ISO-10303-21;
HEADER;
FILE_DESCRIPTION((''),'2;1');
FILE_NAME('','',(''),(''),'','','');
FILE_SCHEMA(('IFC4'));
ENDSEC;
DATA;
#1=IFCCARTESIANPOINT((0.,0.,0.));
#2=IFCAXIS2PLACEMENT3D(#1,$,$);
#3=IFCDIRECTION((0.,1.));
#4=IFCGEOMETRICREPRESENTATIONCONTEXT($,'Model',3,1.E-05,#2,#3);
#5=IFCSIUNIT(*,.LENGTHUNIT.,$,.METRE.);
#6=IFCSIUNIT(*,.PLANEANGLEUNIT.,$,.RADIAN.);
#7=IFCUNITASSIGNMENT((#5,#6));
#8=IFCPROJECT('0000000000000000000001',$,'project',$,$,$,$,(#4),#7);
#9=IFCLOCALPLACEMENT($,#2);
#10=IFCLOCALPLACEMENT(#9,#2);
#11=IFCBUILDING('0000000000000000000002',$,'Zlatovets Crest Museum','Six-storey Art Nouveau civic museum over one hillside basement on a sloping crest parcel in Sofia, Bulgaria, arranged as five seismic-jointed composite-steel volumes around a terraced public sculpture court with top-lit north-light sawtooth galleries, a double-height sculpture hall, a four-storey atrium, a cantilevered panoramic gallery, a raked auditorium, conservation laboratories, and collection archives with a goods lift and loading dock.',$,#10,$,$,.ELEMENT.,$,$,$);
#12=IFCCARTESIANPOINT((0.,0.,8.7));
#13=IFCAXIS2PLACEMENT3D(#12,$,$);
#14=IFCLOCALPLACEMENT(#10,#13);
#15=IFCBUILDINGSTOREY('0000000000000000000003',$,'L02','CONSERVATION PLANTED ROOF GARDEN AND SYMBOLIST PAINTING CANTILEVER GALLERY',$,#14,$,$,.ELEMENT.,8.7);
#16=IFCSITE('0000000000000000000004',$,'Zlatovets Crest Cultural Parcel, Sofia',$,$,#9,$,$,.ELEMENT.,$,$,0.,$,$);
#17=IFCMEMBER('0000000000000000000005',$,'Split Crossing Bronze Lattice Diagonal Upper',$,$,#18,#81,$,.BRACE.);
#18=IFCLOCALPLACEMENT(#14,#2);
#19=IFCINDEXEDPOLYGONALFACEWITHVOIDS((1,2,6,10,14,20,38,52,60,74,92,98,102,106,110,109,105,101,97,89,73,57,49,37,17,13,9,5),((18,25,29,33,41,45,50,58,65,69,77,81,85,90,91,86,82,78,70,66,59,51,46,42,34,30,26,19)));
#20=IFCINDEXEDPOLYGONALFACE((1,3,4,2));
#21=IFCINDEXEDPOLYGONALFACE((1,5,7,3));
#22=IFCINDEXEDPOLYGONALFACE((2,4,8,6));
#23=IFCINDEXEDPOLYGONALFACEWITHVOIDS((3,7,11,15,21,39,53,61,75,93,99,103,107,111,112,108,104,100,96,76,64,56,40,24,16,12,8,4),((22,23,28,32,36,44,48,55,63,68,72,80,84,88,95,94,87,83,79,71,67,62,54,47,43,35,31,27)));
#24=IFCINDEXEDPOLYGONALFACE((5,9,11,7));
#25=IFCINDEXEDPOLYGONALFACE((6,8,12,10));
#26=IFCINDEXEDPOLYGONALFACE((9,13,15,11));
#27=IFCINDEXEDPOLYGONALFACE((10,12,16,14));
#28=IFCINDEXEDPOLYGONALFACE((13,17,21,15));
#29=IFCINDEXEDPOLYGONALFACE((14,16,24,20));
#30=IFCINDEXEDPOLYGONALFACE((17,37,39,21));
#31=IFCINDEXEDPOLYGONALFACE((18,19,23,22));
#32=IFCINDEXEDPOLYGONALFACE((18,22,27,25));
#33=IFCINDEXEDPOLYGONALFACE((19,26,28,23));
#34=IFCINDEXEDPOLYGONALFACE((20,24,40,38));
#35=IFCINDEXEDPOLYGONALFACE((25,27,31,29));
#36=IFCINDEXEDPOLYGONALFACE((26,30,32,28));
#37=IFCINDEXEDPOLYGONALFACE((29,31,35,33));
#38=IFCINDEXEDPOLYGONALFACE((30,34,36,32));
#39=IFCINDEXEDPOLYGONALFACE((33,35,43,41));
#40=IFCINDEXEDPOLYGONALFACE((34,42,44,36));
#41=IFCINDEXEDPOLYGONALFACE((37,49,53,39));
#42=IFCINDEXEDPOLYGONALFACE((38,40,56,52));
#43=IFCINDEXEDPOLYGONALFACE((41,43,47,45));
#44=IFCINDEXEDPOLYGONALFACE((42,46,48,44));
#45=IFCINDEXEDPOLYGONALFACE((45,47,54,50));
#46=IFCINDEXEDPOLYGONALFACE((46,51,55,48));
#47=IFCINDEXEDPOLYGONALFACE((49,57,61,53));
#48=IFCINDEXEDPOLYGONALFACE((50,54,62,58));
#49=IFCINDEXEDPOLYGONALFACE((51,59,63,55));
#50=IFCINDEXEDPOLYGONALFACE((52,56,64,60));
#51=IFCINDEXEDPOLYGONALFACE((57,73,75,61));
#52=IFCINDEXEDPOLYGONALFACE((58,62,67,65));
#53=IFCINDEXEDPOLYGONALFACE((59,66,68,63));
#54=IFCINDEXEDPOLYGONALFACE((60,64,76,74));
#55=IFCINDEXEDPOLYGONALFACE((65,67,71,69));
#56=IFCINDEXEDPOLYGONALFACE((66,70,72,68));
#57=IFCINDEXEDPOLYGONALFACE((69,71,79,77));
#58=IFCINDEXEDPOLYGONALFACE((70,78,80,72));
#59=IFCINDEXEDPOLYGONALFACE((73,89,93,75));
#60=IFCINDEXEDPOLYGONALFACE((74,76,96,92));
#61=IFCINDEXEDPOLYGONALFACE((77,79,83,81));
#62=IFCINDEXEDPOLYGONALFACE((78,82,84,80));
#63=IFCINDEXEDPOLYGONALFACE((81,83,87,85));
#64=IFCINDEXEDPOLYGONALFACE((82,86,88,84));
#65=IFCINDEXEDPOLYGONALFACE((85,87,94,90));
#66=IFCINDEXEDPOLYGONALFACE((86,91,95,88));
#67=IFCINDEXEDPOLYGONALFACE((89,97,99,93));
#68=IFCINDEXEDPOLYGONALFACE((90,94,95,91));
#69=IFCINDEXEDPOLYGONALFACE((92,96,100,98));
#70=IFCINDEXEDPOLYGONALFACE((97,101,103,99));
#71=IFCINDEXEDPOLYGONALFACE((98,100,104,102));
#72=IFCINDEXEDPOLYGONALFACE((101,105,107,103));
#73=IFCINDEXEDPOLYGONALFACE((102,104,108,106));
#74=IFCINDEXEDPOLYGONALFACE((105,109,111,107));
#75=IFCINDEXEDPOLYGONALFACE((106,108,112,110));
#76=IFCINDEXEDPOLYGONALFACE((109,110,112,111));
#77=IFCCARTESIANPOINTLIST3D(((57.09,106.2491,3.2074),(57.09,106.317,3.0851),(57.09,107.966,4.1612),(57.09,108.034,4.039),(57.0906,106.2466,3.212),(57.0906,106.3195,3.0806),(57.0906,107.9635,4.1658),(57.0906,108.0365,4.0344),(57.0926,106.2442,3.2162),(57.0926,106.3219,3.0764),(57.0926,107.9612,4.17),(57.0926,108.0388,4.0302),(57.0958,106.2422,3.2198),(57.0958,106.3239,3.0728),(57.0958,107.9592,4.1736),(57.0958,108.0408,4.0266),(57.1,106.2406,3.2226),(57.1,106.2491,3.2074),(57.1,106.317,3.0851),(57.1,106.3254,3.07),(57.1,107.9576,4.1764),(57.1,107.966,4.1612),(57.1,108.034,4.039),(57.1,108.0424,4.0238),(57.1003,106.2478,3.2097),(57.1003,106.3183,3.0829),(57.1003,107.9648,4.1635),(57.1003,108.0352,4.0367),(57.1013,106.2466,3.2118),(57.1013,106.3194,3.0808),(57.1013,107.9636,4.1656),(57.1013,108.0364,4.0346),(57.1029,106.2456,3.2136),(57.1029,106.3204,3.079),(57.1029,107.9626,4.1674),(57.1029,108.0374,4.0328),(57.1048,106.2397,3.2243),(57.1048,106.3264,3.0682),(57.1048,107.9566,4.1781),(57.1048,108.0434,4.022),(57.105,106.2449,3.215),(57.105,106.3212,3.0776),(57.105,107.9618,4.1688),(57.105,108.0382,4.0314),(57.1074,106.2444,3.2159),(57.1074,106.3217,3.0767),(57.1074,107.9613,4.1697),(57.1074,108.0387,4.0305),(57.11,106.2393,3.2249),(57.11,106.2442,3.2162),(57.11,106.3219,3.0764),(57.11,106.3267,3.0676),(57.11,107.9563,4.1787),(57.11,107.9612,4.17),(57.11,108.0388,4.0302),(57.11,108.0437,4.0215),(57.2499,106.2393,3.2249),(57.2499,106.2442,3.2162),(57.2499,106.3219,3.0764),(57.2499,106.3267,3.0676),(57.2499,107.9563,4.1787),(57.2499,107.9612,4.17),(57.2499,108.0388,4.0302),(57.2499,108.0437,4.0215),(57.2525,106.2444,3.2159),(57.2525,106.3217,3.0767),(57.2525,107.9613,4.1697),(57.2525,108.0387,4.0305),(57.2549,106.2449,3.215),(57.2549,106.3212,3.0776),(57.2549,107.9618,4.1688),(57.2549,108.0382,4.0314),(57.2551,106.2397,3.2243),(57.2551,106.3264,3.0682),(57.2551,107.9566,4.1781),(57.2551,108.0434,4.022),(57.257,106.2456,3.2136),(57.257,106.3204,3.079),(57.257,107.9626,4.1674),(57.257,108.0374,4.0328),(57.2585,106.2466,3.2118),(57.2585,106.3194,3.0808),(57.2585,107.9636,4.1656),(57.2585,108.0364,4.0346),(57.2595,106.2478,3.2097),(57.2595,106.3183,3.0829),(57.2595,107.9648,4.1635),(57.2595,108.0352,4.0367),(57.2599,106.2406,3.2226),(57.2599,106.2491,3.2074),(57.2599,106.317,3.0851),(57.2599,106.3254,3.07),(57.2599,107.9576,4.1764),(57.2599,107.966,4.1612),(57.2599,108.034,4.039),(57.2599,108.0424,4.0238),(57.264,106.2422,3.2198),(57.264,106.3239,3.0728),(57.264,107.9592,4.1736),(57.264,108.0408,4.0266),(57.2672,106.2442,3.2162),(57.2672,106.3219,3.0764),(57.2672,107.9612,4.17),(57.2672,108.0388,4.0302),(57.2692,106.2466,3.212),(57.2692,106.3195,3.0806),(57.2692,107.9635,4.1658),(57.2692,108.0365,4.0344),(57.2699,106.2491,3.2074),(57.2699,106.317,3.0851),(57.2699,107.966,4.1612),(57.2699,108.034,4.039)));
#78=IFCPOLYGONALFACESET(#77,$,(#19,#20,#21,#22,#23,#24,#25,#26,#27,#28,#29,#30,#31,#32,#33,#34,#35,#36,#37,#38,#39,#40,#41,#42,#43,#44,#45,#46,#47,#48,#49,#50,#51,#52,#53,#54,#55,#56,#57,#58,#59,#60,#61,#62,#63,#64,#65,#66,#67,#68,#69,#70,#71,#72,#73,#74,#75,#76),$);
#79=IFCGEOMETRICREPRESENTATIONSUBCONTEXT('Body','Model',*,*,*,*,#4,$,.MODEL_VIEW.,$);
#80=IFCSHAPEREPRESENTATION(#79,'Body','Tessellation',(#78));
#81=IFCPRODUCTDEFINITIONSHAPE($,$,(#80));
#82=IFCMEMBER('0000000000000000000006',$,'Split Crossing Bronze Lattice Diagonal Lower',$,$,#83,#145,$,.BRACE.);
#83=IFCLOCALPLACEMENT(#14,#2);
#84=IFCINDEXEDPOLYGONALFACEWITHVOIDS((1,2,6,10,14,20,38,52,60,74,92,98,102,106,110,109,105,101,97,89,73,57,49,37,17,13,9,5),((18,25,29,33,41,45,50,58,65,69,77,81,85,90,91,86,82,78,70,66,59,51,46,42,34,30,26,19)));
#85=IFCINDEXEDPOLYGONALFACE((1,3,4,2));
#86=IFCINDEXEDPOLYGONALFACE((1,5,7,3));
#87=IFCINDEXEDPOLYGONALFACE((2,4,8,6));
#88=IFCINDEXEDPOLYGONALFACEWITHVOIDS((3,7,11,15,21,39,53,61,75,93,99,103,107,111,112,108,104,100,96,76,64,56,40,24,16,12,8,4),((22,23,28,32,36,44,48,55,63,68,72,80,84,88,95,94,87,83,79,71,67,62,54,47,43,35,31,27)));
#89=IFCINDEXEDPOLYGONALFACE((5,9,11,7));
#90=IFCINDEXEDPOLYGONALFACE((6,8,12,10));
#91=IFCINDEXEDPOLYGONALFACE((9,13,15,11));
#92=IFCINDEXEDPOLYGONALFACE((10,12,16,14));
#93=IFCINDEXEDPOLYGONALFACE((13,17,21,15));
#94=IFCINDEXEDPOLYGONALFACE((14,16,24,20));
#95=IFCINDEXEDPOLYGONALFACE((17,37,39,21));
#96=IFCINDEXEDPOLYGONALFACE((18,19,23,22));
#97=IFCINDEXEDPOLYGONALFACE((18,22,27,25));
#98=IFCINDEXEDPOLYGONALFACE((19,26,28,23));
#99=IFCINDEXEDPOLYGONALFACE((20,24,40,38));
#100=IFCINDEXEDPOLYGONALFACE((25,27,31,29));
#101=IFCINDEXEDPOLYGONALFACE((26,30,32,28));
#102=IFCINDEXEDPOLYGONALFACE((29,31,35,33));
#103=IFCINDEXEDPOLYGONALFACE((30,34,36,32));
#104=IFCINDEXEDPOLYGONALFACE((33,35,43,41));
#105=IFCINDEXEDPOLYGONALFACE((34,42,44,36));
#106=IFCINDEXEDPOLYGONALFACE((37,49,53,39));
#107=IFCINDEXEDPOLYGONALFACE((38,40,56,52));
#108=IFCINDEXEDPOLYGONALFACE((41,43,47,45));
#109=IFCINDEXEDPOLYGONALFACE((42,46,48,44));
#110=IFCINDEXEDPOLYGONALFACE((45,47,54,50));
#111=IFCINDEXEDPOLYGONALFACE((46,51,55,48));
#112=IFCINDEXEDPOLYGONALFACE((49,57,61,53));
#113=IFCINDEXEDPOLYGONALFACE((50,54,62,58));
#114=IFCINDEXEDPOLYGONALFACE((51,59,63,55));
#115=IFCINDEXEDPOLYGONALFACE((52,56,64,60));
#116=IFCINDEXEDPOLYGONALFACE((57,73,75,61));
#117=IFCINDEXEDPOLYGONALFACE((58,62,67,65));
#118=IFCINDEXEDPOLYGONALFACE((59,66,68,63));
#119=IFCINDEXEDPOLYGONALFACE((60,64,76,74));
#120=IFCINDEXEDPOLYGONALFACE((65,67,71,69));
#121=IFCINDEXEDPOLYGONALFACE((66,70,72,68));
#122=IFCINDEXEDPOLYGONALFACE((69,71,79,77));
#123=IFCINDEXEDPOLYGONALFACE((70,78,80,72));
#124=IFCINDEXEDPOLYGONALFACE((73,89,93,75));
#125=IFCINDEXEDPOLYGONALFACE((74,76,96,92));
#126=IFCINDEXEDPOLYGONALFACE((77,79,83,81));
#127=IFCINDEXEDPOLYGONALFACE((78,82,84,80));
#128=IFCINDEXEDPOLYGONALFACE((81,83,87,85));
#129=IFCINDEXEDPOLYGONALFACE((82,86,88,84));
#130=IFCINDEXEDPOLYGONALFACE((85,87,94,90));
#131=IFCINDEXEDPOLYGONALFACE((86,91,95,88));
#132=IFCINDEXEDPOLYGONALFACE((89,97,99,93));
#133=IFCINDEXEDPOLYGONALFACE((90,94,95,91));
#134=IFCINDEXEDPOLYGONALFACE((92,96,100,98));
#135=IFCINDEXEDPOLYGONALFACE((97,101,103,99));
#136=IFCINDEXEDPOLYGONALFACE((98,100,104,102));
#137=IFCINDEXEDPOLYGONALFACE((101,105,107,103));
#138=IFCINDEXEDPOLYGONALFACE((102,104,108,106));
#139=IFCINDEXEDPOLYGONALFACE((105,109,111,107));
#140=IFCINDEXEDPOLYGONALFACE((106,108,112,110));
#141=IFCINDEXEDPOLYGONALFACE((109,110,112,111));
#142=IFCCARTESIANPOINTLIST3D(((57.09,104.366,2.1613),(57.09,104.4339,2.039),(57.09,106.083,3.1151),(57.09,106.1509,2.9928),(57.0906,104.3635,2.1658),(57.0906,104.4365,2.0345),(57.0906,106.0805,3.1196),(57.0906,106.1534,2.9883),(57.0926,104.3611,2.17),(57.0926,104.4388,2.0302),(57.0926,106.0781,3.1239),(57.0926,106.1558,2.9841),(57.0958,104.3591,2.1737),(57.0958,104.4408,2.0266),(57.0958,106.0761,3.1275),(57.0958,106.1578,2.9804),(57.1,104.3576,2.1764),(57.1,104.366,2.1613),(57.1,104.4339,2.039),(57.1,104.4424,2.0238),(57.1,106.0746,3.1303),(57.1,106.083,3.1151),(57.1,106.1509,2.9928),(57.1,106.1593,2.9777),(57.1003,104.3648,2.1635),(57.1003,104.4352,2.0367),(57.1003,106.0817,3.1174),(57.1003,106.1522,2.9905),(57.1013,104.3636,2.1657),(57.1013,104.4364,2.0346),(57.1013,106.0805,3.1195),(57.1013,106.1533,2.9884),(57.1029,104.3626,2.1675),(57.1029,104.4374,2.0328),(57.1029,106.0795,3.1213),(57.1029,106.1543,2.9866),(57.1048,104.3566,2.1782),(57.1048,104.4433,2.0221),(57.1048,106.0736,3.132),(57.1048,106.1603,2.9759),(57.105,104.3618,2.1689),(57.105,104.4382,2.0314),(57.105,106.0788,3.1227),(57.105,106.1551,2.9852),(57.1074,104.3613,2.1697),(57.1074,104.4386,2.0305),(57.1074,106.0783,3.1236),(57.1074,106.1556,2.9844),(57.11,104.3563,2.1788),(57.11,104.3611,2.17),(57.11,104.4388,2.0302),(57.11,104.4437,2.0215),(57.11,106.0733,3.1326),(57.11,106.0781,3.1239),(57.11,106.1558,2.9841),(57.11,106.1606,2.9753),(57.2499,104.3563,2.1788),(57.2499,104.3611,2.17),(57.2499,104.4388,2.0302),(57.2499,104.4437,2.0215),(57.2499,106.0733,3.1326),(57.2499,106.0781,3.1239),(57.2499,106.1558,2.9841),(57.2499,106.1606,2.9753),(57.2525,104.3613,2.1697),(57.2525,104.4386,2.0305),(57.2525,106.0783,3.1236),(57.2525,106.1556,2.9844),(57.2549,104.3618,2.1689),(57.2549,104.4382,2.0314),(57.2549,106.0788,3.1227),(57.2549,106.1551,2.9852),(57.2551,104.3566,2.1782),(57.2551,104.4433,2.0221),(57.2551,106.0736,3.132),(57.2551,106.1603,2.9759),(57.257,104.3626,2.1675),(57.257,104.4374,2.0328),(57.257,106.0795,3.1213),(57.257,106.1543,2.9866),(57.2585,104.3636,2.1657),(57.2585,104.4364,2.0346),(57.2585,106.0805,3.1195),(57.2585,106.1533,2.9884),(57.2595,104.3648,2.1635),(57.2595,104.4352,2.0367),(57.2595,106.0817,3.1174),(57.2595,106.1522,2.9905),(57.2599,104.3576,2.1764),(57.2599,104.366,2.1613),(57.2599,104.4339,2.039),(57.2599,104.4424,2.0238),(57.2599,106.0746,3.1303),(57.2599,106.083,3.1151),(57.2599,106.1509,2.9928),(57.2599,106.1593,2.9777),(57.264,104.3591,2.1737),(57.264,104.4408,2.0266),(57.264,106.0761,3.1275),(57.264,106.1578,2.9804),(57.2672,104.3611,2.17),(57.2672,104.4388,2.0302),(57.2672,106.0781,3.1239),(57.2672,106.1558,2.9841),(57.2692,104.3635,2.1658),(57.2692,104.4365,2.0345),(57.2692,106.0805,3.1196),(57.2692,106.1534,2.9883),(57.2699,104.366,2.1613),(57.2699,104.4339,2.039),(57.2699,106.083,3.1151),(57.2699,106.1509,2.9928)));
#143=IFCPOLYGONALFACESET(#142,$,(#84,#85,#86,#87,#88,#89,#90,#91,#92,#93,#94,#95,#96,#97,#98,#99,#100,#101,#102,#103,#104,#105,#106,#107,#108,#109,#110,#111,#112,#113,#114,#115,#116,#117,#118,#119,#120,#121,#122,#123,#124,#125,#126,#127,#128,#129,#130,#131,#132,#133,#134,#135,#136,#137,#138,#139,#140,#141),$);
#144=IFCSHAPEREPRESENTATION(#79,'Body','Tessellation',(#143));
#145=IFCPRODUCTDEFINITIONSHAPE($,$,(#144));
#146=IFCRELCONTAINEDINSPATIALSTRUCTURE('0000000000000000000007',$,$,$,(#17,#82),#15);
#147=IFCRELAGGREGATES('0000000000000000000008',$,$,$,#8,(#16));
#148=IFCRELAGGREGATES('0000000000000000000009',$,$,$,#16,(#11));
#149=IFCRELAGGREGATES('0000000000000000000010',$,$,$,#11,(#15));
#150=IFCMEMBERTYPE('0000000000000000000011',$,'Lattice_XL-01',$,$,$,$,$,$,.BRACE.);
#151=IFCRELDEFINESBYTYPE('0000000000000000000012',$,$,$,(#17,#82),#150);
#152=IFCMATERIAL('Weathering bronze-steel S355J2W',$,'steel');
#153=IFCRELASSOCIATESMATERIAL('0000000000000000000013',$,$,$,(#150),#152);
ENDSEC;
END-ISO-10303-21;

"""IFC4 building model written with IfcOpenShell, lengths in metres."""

from ifc_helpers import new_model, si_unit, direction, frame, origin, origin_2d, place, context, subcontext, project, spatial, hollow_rectangle, extrude, material, material_profile, profile_set, type_object, element, save


model = new_model("IFC4")

# Units and contexts
model_context = context("Model", 3, precision=1e-05, world=origin(), true_north=direction((0.0, 1.0)))
body_context = subcontext(model_context, "Body", "Model", "MODEL_VIEW")
ifc_project = project(units=[si_unit("LENGTHUNIT", "METRE"), si_unit("PLANEANGLEUNIT", "RADIAN")], contexts=[model_context])

# Site, building, storey
site_placement = place(None, origin())
site = spatial("IfcSite", under=ifc_project, at=site_placement, Name="Zlatovets Crest Cultural Parcel, Sofia", CompositionType="ELEMENT", RefElevation=0.0)
building_placement = place(site_placement, origin())
building = spatial("IfcBuilding", under=site, at=building_placement, Name="Zlatovets Crest Museum", Description="Six-storey Art Nouveau civic museum over one hillside basement on a sloping crest parcel in Sofia, Bulgaria, arranged as five seismic-jointed composite-steel volumes around a terraced public sculpture court with top-lit north-light sawtooth galleries, a double-height sculpture hall, a four-storey atrium, a cantilevered panoramic gallery, a raked auditorium, conservation laboratories, and collection archives with a goods lift and loading dock.", CompositionType="ELEMENT")
storey_placement = place(building_placement, frame((0.0, 0.0, 8.7)))
storey = spatial("IfcBuildingStorey", under=building, at=storey_placement, Name="L02", Description="CONSERVATION PLANTED ROOF GARDEN AND SYMBOLIST PAINTING CANTILEVER GALLERY", CompositionType="ELEMENT", Elevation=8.7)

# Members
ifc_material_1 = material(Name="Weathering bronze-steel S355J2W", Category="steel")
ifc_material_profile_1 = material_profile(ifc_material_1, hollow_rectangle(XDim=0.1799, YDim=0.1799, WallThickness=0.01, InnerFilletRadius=0.01, OuterFilletRadius=0.02, at=origin_2d()), Name="SHS 180x180x10.0")
ifc_profile_set_1 = profile_set([ifc_material_profile_1], Name="Weathering bronze-steel S355J2W")
member_type_1 = type_object("IfcMemberType", Name="Lattice_XL-01", PredefinedType="BRACE", material=ifc_profile_set_1)
for number, where, z_axis, x_axis, name in (
    (1, (57.1799, 108.0, 4.1001), (0.0, -0.874169, -0.485622), (1.0, 0.0, 0.0), "Split Crossing Bronze Lattice Diagonal Upper"),
    (2, (57.1799, 106.1169, 3.054), (0.0, -0.874169, -0.485622), (1.0, 0.0, 0.0), "Split Crossing Bronze Lattice Diagonal Lower"),
):
    element("IfcMember", number, at=place(storey_placement, frame(where, z_axis=z_axis, x_axis=x_axis)), inside=storey, type_object=member_type_1, Name=name, PredefinedType="BRACE", context=body_context, shape_type="SweptSolid", body=[
        extrude(hollow_rectangle(XDim=0.1799, YDim=0.1799, WallThickness=0.01, InnerFilletRadius=0.01, OuterFilletRadius=0.02, at=origin_2d()), origin(), (0.0, 0.0, 1.0), 1.9641),
    ])

save(model, "model.ifc")
